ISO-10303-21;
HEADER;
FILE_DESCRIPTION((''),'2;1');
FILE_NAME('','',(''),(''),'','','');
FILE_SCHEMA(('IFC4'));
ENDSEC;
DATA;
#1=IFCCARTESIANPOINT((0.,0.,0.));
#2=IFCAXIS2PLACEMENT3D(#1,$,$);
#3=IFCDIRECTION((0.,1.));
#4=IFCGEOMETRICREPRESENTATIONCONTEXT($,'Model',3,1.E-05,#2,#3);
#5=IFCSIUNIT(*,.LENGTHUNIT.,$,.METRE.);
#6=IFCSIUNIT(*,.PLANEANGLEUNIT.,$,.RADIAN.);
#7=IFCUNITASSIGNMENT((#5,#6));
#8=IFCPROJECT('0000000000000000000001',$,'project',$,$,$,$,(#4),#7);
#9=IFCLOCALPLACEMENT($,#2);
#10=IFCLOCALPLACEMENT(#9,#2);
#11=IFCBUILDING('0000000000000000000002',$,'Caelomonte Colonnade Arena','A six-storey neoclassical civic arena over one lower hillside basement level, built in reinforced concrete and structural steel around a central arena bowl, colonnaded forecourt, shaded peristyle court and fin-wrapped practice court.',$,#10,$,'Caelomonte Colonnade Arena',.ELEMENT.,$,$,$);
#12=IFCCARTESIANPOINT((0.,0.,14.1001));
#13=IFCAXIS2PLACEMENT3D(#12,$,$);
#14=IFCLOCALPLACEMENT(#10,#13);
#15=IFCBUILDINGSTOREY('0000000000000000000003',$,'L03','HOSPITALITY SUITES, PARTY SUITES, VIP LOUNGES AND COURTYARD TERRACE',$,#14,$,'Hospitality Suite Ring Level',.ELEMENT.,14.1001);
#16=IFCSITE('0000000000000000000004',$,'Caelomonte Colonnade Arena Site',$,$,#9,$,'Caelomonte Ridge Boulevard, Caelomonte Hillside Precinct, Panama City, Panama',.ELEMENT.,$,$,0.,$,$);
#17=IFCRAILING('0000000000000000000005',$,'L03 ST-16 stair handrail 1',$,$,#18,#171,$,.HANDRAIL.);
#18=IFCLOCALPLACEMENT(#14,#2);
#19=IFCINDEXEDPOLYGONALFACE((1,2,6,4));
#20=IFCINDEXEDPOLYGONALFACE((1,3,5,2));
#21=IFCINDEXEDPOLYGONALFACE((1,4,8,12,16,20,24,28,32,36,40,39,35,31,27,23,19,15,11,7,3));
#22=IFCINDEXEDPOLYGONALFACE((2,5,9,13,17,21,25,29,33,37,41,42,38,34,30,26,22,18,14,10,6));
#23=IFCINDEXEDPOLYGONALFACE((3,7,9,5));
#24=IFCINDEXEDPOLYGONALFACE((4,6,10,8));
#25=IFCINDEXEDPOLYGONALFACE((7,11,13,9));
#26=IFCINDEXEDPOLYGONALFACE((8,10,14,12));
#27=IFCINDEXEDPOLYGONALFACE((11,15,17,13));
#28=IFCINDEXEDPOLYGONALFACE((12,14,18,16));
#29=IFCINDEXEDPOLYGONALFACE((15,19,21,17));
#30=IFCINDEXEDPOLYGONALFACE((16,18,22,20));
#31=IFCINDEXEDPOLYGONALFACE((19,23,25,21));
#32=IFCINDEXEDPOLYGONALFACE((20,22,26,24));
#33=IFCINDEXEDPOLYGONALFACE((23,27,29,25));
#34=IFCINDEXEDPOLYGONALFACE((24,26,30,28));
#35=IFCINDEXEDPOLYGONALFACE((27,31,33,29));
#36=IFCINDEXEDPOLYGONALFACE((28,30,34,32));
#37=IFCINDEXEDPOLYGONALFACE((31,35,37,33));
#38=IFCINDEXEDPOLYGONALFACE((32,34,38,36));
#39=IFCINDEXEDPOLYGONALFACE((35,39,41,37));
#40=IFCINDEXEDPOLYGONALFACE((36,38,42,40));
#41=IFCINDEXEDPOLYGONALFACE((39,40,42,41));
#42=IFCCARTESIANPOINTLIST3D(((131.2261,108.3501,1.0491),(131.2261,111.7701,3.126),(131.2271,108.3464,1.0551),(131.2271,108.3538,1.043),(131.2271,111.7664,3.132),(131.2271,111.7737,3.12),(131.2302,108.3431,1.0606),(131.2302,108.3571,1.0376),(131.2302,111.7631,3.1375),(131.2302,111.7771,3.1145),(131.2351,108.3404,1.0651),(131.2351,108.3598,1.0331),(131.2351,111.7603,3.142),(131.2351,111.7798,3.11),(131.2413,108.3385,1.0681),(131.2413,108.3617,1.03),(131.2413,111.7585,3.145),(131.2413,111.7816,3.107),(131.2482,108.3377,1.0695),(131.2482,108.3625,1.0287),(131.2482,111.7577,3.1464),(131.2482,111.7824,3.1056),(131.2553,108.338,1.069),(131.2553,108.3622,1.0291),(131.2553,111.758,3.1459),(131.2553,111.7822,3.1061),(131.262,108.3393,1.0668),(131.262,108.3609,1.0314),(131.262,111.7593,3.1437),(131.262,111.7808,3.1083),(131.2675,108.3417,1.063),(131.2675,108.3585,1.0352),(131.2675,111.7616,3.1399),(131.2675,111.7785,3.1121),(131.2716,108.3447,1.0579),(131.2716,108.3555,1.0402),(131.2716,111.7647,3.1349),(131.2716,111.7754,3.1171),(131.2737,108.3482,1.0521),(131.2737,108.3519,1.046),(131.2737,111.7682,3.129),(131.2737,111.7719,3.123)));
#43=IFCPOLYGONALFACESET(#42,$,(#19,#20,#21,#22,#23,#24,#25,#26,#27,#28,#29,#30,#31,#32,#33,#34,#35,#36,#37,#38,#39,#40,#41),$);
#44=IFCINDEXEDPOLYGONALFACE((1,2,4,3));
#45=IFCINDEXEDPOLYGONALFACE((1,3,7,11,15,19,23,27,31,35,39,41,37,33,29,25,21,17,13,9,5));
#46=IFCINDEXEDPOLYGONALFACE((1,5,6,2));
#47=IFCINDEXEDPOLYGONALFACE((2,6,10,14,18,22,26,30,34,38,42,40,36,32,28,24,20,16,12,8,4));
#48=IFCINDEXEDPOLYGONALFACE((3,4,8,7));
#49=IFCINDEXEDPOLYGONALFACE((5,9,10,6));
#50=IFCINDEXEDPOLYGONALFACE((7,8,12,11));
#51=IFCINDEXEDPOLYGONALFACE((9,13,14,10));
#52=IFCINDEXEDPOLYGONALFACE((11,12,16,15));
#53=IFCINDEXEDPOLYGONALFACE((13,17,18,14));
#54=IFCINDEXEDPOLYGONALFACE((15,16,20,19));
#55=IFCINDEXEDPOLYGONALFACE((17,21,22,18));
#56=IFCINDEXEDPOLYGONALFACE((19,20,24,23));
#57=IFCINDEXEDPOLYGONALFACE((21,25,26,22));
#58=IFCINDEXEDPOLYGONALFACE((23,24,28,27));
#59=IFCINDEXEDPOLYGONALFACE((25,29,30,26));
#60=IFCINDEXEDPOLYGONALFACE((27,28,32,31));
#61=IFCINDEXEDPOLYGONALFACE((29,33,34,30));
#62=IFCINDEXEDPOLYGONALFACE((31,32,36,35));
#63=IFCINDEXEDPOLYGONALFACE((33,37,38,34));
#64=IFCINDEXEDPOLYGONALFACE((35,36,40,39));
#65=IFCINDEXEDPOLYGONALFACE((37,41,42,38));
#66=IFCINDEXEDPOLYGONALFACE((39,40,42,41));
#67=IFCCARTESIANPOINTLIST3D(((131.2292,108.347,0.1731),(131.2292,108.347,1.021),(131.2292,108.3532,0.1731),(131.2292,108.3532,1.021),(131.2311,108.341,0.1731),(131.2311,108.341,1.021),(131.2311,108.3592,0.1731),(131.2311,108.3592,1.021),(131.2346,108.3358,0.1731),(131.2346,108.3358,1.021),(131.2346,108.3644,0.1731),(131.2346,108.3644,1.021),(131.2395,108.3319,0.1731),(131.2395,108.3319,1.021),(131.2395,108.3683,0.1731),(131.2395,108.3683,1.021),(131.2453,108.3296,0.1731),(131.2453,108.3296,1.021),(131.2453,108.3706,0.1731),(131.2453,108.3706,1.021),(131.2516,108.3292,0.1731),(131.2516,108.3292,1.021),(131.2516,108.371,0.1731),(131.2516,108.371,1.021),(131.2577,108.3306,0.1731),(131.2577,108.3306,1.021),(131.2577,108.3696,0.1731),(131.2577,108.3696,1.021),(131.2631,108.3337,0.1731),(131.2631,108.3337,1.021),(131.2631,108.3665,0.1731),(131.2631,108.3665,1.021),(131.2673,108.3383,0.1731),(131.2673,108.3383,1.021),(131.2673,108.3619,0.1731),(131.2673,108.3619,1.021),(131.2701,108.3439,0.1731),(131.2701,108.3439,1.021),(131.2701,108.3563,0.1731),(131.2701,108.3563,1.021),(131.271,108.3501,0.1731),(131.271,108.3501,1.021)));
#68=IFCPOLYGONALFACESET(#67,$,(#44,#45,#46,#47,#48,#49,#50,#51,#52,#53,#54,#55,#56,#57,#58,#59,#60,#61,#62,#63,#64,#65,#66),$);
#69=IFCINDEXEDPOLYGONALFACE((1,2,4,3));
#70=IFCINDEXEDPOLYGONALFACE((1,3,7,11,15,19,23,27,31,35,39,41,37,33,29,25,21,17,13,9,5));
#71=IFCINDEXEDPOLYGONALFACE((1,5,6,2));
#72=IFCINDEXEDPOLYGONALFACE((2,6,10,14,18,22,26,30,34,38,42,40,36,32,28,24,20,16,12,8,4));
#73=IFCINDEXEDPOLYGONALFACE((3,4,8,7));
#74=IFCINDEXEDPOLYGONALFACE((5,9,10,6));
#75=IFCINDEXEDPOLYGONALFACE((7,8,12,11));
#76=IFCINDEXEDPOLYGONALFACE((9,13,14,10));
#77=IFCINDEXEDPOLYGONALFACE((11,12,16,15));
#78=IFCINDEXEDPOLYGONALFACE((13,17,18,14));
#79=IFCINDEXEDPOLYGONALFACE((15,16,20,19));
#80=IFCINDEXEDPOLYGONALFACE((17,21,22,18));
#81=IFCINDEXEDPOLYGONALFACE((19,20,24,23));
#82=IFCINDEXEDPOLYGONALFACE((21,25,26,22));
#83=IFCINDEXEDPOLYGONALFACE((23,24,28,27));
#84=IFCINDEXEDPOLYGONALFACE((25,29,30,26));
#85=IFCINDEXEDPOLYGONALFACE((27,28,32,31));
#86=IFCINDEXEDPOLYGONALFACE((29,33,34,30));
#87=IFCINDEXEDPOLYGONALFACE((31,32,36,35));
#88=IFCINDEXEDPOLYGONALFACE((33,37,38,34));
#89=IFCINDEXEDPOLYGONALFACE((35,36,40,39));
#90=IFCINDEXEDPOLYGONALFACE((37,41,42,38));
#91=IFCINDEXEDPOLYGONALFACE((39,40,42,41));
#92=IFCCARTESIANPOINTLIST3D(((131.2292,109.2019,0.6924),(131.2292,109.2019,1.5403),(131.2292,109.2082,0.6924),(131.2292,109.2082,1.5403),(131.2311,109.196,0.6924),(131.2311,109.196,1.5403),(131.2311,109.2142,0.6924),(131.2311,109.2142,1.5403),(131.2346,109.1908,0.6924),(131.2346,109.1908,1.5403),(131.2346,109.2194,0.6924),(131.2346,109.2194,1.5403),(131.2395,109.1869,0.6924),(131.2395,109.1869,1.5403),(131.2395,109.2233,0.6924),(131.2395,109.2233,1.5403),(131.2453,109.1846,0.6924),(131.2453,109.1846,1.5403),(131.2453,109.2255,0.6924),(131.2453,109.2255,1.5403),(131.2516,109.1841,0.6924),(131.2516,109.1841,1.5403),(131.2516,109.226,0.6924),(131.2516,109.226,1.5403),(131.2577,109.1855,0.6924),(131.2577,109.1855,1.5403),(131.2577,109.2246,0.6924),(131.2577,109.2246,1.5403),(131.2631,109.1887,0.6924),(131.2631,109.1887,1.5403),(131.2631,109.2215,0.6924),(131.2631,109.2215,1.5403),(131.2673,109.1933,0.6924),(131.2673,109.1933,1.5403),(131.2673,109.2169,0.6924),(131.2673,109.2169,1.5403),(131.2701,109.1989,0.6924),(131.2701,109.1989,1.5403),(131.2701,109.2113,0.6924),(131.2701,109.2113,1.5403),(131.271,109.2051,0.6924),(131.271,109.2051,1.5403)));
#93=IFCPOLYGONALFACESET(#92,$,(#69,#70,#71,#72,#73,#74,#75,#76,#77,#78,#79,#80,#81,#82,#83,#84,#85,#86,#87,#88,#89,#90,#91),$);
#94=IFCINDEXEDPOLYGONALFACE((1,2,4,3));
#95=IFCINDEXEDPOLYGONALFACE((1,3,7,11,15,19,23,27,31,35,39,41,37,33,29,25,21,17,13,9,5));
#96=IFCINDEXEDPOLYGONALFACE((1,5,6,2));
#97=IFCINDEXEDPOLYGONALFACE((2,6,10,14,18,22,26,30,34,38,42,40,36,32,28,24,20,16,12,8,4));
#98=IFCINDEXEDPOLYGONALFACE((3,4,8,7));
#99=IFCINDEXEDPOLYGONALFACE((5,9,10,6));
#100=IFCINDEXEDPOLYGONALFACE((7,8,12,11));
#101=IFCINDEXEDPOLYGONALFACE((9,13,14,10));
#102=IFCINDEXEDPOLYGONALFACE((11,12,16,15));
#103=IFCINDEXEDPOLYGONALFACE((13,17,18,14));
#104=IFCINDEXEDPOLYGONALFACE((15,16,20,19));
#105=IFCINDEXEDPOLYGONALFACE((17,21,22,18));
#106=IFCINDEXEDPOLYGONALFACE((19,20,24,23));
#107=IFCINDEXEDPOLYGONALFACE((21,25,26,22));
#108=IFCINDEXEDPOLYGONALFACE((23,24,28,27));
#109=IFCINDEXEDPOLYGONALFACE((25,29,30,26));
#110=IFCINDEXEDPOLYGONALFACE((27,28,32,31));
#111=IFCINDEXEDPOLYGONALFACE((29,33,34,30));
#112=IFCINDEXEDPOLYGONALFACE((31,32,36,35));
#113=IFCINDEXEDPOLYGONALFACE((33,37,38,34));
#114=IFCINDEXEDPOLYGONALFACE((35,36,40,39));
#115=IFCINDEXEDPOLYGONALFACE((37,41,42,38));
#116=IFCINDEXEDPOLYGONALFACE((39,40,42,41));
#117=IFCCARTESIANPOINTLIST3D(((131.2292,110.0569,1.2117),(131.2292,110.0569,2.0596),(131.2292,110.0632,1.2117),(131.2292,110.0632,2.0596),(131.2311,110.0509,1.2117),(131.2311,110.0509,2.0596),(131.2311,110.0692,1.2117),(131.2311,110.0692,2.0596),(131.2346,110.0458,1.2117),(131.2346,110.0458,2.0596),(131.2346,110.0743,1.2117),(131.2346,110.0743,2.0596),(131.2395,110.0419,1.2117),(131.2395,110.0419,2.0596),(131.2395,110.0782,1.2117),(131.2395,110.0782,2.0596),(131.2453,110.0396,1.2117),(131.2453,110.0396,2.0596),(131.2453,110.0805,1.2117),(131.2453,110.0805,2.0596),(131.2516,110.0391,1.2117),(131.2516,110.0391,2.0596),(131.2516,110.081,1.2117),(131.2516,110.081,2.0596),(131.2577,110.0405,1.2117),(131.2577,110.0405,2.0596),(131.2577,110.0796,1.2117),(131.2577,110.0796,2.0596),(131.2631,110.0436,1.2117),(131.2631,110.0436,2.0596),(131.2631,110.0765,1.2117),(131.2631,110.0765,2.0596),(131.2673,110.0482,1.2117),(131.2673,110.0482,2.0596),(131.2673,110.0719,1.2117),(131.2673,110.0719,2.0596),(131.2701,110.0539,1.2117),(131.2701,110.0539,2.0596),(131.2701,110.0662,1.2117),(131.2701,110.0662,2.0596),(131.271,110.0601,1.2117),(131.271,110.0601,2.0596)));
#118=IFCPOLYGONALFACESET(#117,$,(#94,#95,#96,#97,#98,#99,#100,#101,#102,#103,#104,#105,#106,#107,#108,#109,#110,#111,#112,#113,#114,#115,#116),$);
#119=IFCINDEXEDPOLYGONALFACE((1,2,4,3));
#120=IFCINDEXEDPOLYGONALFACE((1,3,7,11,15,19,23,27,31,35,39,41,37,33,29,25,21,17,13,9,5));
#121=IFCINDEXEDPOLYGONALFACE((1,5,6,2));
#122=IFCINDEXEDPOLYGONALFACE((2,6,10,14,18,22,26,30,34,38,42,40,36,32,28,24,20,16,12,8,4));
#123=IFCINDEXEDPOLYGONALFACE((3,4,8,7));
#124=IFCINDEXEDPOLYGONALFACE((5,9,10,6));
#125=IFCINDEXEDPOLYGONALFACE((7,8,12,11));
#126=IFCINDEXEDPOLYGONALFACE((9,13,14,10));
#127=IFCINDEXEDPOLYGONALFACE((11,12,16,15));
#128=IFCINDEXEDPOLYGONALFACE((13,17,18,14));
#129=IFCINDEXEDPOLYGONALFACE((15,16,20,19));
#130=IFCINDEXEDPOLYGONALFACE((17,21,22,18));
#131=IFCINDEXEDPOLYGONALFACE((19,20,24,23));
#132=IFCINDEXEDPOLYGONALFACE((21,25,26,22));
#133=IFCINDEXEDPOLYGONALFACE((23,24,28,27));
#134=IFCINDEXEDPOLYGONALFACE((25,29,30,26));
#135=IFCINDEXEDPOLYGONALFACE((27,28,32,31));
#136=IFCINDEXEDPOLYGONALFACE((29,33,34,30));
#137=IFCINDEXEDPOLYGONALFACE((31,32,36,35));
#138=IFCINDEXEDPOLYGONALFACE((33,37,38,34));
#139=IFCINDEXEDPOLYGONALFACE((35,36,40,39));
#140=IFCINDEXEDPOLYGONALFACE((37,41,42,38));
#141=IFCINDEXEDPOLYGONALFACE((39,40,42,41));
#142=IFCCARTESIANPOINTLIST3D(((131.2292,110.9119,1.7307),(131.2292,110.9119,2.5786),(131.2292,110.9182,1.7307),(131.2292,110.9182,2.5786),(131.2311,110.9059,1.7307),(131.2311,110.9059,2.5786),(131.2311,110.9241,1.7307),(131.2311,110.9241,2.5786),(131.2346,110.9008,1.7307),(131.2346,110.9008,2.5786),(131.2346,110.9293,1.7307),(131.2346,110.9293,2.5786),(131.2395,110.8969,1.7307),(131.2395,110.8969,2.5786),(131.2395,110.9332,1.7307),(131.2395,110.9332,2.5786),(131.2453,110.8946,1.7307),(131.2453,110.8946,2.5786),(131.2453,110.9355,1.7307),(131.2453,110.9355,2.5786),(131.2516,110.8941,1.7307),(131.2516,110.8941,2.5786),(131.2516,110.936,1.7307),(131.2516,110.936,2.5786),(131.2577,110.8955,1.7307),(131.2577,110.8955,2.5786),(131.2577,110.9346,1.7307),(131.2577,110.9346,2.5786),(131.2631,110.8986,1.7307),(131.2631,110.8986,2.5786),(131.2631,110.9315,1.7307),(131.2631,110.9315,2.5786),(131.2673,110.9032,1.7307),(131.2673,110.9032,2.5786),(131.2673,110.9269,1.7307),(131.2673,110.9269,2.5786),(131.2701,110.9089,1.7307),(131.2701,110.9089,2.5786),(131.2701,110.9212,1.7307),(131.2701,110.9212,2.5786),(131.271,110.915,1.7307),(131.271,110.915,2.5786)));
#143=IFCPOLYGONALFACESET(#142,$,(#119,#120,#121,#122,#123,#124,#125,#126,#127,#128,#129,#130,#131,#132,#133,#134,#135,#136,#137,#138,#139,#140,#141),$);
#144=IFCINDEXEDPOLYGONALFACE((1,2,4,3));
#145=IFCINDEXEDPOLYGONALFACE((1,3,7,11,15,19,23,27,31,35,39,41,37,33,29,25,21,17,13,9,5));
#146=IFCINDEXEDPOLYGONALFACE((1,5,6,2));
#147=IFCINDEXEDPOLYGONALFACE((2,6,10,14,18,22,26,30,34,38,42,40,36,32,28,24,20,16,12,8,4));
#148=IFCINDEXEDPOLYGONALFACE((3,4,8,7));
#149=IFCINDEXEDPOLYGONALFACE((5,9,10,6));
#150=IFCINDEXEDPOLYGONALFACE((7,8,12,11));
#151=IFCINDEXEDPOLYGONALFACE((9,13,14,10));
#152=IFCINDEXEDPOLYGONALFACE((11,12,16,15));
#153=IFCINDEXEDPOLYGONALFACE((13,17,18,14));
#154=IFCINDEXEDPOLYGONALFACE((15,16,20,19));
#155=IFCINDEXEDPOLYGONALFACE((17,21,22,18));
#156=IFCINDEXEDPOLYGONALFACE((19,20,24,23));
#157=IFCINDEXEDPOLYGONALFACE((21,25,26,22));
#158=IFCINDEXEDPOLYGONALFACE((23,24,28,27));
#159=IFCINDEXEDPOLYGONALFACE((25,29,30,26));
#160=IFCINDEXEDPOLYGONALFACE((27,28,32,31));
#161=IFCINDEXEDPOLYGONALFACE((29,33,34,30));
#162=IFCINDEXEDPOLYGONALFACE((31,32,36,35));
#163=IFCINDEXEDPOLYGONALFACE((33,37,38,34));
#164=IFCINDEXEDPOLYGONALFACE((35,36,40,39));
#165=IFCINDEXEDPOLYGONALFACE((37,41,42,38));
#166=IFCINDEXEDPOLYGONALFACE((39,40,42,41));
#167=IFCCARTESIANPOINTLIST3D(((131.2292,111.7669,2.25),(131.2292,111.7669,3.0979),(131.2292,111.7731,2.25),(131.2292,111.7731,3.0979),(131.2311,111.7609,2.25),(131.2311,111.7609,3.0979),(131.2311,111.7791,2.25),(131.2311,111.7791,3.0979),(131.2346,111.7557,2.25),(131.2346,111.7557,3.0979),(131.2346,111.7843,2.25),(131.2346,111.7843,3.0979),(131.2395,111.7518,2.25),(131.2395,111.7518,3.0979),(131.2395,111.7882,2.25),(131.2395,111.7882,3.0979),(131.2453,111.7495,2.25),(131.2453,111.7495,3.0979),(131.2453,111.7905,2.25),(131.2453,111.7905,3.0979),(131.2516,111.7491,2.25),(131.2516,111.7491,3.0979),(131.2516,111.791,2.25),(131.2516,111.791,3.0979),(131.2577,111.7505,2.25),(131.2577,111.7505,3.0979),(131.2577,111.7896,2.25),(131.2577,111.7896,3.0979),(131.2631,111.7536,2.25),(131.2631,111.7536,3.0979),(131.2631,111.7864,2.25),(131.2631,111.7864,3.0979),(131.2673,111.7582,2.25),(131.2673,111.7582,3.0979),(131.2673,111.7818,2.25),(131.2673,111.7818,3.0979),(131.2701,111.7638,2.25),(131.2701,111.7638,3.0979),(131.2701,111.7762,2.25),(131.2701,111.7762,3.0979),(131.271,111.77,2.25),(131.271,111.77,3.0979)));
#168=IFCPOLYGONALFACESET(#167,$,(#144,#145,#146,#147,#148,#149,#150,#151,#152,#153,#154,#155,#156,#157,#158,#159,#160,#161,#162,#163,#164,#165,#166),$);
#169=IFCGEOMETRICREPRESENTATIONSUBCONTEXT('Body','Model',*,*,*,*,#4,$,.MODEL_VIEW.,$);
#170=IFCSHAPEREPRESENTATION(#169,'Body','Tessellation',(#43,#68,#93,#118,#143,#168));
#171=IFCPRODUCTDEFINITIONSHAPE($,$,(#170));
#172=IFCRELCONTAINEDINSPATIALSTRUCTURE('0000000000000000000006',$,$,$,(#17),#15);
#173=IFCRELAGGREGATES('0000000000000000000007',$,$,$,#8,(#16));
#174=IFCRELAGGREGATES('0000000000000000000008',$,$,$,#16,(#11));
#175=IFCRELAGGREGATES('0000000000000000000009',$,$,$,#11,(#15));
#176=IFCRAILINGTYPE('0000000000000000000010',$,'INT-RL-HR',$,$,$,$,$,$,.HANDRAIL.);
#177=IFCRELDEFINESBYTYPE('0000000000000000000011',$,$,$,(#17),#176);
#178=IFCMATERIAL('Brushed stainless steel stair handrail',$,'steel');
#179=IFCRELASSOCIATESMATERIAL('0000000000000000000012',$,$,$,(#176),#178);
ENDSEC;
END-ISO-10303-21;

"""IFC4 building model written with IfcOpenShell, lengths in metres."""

from ifc_helpers import new_model, si_unit, direction, frame, origin, origin_2d, place, context, subcontext, project, spatial, circle, extrude, material, type_object, element, save


model = new_model("IFC4")

# Units and contexts
model_context = context("Model", 3, precision=1e-05, world=origin(), true_north=direction((0.0, 1.0)))
body_context = subcontext(model_context, "Body", "Model", "MODEL_VIEW")
ifc_project = project(units=[si_unit("LENGTHUNIT", "METRE"), si_unit("PLANEANGLEUNIT", "RADIAN")], contexts=[model_context])

# Site, building, storey
site_placement = place(None, origin())
site = spatial("IfcSite", under=ifc_project, at=site_placement, Name="Caelomonte Colonnade Arena Site", LongName="Caelomonte Ridge Boulevard, Caelomonte Hillside Precinct, Panama City, Panama", CompositionType="ELEMENT", RefElevation=0.0)
building_placement = place(site_placement, origin())
building = spatial("IfcBuilding", under=site, at=building_placement, Name="Caelomonte Colonnade Arena", Description="A six-storey neoclassical civic arena over one lower hillside basement level, built in reinforced concrete and structural steel around a central arena bowl, colonnaded forecourt, shaded peristyle court and fin-wrapped practice court.", LongName="Caelomonte Colonnade Arena", CompositionType="ELEMENT")
storey_placement = place(building_placement, frame((0.0, 0.0, 14.1001)))
storey = spatial("IfcBuildingStorey", under=building, at=storey_placement, Name="L03", Description="HOSPITALITY SUITES, PARTY SUITES, VIP LOUNGES AND COURTYARD TERRACE", LongName="Hospitality Suite Ring Level", CompositionType="ELEMENT", Elevation=14.1001)

# Railing
ifc_material_1 = material(Name="Brushed stainless steel stair handrail", Category="steel")
railing_type_1 = type_object("IfcRailingType", Name="INT-RL-HR", PredefinedType="HANDRAIL", material=ifc_material_1)
railing_1_placement = place(storey_placement, frame((131.25, 108.3501, 0.1731)))
element("IfcRailing", 1, at=railing_1_placement, inside=storey, type_object=railing_type_1, Name="L03 ST-16 stair handrail 1", PredefinedType="HANDRAIL", context=body_context, shape_type="SweptSolid", body=[
    extrude(circle(Radius=0.0239, at=origin_2d()), frame((0.0, 0.0, 0.876), z_axis=(0.0, 0.85473, 0.519074), x_axis=(-1.0, 0.0, 0.0)), (0.0, 0.0, 1.0), 4.0012),
    extrude(circle(Radius=0.021, at=origin_2d()), origin(), (0.0, 0.0, 1.0), 0.8479),
    extrude(circle(Radius=0.021, at=origin_2d()), frame((0.0, 0.855, 0.5193)), (0.0, 0.0, 1.0), 0.8479),
    extrude(circle(Radius=0.021, at=origin_2d()), frame((0.0, 1.71, 1.0386)), (0.0, 0.0, 1.0), 0.8479),
    extrude(circle(Radius=0.021, at=origin_2d()), frame((0.0, 2.5649, 1.5576)), (0.0, 0.0, 1.0), 0.8479),
    extrude(circle(Radius=0.021, at=origin_2d()), frame((0.0, 3.4199, 2.0769)), (0.0, 0.0, 1.0), 0.8479),
])

save(model, "model.ifc")
